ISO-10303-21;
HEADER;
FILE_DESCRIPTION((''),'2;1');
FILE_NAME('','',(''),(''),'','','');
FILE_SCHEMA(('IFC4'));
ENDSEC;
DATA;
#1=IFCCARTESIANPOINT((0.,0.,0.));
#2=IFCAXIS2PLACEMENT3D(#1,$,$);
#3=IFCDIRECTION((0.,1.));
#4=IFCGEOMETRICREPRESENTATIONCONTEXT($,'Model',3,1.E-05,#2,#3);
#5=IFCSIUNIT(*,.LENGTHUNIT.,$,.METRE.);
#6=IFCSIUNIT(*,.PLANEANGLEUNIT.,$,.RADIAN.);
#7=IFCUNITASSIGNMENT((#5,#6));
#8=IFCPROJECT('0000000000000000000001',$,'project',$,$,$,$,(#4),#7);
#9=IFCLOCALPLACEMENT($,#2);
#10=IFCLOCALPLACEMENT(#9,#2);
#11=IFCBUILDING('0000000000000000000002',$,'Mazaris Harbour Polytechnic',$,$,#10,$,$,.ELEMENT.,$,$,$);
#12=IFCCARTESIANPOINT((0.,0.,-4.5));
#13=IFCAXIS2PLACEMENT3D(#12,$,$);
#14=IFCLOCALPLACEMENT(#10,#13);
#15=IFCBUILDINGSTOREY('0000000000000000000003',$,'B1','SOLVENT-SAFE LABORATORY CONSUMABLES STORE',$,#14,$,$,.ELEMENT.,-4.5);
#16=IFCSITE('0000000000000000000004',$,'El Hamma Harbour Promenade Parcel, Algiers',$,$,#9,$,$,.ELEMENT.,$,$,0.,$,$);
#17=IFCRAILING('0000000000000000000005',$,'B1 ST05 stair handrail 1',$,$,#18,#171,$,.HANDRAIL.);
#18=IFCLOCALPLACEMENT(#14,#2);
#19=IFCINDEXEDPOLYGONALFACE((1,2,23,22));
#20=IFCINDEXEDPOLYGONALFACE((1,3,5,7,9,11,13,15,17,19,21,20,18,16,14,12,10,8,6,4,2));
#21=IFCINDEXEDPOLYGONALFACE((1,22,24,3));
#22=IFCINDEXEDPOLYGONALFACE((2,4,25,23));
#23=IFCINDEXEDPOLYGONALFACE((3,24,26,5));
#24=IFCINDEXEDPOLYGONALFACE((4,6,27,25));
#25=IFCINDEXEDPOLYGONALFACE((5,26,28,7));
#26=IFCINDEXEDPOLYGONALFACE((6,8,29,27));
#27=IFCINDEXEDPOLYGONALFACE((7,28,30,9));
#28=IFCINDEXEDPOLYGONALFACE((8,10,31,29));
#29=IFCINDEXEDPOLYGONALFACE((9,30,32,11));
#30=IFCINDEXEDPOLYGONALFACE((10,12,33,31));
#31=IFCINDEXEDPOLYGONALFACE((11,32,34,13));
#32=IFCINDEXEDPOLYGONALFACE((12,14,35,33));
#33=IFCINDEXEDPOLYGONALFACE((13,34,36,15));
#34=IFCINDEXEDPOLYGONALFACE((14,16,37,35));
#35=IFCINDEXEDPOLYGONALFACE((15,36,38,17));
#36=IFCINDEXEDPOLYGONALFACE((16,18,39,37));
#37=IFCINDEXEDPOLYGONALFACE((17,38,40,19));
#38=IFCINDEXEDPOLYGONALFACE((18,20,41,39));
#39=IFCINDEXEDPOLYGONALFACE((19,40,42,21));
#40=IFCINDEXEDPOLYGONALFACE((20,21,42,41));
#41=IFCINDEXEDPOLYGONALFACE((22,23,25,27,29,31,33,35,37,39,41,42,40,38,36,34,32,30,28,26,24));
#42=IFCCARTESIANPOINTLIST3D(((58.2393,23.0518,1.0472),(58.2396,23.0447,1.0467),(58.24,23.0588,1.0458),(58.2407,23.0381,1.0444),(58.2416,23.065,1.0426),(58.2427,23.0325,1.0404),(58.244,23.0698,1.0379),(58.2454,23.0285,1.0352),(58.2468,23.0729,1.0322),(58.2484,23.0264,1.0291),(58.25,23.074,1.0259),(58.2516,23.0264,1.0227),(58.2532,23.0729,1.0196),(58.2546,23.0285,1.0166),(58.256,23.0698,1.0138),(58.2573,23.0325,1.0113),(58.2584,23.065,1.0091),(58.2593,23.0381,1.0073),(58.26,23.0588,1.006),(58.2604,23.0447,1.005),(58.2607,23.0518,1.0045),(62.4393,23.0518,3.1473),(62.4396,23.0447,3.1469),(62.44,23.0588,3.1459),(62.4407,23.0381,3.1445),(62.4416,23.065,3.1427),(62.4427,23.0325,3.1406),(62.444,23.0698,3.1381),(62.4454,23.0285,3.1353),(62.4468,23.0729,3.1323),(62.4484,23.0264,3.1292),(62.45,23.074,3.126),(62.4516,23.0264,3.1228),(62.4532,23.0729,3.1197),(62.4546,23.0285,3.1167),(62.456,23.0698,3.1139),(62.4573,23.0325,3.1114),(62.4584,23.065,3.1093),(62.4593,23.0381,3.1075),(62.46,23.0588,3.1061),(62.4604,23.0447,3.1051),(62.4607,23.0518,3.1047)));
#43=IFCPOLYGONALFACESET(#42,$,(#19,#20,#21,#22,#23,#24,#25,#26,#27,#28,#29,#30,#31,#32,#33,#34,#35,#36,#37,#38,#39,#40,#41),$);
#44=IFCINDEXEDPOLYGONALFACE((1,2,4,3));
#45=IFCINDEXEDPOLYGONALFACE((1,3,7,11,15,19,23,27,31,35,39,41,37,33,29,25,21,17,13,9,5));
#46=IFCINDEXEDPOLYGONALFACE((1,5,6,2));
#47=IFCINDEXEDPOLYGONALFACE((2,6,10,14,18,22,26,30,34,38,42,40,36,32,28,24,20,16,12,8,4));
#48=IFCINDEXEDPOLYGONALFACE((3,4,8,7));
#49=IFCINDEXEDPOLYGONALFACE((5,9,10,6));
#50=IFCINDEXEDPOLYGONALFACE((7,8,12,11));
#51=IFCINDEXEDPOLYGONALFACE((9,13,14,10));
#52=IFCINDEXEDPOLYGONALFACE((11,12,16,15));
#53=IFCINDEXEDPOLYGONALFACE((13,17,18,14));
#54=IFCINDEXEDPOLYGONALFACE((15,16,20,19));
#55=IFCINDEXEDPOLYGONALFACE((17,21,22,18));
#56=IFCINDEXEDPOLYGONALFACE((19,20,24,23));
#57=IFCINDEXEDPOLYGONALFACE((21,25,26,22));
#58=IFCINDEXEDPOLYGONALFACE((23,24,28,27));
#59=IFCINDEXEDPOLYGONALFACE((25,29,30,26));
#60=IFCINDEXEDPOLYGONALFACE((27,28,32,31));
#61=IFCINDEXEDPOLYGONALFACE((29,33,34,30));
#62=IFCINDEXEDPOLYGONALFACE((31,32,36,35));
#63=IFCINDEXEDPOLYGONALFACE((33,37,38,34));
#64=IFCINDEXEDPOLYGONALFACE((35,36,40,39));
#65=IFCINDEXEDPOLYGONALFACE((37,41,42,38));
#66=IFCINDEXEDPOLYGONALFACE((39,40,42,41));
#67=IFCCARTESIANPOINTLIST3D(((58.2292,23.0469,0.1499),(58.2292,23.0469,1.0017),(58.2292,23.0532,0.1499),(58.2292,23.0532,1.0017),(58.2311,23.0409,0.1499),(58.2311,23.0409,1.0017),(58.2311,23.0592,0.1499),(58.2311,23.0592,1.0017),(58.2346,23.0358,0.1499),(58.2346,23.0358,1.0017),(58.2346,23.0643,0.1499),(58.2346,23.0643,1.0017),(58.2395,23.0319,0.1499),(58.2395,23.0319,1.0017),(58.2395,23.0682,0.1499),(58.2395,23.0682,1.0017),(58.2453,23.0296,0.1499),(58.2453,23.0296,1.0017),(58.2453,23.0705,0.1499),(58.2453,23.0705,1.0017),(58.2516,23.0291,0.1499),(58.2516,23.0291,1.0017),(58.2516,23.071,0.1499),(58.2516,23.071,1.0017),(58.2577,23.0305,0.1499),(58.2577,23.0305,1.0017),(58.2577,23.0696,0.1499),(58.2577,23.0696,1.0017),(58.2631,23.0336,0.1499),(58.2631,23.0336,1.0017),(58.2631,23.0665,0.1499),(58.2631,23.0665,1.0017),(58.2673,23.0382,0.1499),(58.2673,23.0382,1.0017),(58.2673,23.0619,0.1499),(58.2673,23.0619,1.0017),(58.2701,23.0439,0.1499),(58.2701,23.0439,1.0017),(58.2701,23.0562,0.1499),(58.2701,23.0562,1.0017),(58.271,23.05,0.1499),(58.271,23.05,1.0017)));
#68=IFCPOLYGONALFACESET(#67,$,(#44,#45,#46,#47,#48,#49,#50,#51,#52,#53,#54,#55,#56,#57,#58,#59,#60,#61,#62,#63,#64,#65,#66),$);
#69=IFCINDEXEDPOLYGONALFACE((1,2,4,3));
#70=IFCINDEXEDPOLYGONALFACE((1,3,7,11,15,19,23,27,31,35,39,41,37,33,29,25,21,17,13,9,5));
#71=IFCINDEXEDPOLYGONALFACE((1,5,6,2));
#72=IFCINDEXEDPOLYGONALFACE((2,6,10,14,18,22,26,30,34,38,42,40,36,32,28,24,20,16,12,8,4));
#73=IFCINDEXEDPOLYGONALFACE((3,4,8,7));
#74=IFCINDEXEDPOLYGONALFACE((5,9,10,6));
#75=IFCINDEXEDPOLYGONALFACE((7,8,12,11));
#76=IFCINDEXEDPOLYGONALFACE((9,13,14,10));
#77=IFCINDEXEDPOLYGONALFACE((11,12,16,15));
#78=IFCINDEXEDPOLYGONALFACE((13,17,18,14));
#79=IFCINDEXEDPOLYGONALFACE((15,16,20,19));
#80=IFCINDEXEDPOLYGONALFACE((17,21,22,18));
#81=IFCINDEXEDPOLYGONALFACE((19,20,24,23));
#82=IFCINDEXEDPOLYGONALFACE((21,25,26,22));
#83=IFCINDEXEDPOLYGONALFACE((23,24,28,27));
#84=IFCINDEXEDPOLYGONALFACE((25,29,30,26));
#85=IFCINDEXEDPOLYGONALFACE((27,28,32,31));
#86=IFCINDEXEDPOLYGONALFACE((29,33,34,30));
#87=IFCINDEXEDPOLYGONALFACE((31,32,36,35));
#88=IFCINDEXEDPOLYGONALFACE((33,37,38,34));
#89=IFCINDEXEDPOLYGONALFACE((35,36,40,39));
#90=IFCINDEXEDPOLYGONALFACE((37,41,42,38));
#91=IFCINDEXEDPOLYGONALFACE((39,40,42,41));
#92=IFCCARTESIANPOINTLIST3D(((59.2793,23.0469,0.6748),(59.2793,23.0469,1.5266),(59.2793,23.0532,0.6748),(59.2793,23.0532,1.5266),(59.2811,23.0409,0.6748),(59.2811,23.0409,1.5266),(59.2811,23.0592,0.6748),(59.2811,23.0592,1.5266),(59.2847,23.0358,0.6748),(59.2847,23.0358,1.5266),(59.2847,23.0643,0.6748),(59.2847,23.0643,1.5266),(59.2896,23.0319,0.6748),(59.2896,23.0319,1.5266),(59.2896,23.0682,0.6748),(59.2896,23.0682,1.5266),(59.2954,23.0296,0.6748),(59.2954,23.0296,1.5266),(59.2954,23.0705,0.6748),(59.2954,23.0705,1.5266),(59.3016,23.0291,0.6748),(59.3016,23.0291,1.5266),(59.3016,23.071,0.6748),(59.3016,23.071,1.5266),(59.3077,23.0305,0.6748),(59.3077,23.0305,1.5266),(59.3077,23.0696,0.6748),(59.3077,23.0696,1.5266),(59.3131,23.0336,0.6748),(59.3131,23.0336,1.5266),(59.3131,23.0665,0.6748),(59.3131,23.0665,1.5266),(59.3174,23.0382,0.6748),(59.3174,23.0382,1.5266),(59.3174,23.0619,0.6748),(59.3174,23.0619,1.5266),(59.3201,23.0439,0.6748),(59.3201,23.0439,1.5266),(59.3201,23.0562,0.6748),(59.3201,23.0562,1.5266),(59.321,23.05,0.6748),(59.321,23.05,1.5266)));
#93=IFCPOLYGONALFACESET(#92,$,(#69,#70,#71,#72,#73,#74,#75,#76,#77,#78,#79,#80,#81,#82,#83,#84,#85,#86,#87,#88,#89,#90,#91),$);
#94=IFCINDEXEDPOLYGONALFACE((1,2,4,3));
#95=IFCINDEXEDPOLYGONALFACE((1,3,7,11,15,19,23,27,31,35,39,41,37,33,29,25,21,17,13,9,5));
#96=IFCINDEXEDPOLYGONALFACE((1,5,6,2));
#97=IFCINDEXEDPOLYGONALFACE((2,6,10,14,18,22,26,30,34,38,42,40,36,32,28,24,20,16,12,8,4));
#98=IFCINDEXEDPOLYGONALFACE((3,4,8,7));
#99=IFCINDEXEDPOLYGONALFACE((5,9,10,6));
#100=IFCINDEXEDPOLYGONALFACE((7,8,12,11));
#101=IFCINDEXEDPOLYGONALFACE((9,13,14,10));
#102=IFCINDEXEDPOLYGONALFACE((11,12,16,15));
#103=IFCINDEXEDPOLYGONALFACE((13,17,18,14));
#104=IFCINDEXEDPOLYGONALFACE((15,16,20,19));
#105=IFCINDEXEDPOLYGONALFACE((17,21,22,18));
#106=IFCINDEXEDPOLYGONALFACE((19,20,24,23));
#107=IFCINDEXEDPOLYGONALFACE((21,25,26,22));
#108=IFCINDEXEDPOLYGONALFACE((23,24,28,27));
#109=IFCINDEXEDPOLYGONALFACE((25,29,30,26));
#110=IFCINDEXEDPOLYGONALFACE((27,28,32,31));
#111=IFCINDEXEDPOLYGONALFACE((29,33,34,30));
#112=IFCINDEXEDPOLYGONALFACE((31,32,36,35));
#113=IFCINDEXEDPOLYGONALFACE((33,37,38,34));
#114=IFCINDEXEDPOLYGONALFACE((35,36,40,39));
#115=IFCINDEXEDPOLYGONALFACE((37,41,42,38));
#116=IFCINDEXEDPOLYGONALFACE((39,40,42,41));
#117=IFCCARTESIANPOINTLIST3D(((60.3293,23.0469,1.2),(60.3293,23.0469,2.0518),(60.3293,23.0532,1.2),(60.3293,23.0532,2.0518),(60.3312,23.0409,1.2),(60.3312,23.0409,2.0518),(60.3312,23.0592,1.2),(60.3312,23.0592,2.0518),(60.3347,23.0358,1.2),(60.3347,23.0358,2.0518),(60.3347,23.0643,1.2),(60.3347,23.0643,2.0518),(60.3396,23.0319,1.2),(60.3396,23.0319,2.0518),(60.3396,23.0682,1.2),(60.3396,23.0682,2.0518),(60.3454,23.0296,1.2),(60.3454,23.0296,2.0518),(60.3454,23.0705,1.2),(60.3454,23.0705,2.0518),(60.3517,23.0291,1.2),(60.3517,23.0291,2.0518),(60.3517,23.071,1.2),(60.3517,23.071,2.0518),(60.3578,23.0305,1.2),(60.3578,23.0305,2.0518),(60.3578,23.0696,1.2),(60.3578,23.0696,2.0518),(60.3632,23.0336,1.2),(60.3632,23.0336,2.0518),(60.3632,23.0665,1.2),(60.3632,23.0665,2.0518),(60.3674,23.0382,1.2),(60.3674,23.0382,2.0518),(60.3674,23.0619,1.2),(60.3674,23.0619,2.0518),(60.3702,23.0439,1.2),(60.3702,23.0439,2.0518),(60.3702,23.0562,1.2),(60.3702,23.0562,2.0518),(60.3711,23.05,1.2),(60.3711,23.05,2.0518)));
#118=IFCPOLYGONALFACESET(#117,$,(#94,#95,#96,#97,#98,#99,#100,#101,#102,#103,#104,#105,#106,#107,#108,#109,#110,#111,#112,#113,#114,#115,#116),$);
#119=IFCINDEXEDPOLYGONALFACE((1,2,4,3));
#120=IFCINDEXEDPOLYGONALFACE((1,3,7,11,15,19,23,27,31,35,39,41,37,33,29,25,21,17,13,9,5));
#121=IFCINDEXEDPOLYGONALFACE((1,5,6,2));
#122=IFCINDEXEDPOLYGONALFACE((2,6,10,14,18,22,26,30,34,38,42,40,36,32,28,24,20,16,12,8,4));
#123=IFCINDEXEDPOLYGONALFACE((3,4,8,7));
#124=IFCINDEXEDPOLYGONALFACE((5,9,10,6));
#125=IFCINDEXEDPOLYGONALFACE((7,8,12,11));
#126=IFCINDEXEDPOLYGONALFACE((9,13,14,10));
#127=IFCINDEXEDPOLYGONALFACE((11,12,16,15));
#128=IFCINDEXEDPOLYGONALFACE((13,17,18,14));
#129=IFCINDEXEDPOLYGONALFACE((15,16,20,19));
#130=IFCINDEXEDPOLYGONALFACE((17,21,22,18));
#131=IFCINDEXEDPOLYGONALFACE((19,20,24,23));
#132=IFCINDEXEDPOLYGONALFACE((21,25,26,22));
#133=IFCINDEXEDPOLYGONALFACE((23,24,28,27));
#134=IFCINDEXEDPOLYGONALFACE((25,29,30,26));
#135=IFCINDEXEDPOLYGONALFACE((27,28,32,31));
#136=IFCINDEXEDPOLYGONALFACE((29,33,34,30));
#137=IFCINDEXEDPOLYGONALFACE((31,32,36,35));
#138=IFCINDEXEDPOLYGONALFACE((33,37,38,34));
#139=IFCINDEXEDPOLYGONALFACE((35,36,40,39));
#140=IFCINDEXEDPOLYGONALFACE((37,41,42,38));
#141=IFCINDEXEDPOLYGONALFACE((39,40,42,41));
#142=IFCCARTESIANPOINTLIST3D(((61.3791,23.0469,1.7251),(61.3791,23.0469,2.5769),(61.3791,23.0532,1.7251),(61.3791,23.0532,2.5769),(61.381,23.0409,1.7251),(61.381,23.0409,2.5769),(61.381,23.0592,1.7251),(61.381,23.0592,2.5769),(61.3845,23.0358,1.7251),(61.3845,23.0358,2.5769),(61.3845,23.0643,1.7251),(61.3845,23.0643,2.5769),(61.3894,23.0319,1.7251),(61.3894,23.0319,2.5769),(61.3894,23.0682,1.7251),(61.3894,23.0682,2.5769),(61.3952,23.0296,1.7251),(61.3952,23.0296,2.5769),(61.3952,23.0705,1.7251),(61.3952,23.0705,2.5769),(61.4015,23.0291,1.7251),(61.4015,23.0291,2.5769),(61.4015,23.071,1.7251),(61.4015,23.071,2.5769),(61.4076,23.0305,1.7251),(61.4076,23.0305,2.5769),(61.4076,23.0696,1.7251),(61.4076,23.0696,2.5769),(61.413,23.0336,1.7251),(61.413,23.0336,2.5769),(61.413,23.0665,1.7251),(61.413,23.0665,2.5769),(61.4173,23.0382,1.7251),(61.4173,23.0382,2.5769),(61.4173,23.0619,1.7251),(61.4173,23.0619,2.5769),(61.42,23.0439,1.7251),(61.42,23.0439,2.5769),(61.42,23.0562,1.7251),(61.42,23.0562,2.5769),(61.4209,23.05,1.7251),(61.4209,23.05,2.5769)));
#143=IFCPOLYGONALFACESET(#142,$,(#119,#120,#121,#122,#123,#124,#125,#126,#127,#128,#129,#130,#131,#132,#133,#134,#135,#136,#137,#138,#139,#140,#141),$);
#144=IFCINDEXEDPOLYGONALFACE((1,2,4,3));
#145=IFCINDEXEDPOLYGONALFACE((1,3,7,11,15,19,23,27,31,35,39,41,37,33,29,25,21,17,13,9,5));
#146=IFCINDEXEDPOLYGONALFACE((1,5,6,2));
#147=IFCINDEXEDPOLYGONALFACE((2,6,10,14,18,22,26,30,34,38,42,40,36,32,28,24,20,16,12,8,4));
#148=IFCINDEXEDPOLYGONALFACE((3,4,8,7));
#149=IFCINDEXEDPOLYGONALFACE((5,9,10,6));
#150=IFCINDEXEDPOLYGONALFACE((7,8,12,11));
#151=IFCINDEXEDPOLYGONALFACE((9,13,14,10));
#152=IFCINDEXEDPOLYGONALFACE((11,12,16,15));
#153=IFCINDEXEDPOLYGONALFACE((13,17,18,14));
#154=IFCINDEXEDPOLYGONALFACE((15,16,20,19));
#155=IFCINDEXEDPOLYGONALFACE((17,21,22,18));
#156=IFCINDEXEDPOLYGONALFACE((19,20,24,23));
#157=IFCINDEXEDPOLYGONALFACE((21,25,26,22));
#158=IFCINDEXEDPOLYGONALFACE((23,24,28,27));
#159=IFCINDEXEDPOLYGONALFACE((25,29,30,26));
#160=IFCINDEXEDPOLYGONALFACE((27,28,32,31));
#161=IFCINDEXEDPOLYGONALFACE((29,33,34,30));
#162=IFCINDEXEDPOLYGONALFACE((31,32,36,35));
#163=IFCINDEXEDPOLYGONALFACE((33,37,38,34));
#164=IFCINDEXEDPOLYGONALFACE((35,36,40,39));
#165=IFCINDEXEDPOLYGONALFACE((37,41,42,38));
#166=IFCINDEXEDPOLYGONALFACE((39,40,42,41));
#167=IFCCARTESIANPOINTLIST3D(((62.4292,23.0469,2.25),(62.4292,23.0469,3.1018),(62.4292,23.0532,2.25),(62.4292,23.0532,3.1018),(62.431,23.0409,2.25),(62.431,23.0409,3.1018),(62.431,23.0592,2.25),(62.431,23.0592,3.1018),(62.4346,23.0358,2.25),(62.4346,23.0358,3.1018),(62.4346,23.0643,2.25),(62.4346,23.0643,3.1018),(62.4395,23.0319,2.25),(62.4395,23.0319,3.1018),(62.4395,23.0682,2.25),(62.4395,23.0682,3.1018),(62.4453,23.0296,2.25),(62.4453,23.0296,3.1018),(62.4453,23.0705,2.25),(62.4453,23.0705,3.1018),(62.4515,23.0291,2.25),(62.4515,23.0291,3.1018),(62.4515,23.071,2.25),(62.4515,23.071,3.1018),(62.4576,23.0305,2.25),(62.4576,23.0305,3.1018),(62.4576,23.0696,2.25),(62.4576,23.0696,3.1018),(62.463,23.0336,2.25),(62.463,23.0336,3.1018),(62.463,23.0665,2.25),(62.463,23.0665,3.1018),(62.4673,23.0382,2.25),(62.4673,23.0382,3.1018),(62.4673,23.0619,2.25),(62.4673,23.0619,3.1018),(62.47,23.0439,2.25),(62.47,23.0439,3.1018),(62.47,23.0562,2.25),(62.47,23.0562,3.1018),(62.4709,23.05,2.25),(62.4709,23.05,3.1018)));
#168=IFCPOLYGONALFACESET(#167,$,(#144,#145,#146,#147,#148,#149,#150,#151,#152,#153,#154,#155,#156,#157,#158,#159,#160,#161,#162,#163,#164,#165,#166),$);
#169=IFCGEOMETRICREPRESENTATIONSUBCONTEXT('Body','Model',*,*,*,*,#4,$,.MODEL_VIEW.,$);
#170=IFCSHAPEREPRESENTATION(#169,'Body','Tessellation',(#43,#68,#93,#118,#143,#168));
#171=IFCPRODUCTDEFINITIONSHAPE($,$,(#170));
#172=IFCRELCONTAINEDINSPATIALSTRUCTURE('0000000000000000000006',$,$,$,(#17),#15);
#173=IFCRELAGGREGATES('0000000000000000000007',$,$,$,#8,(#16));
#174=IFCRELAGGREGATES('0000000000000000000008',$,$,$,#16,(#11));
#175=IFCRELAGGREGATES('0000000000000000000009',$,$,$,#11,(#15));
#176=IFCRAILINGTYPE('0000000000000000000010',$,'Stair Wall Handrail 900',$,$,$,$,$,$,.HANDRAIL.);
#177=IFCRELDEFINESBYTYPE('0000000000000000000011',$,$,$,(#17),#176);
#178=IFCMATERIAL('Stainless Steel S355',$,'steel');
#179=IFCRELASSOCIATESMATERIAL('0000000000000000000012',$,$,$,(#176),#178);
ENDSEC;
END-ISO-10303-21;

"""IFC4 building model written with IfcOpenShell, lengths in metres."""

from ifc_helpers import new_model, si_unit, direction, frame, origin, origin_2d, place, context, subcontext, project, spatial, circle, extrude, material, type_object, element, save


model = new_model("IFC4")

# Units and contexts
model_context = context("Model", 3, precision=1e-05, world=origin(), true_north=direction((0.0, 1.0)))
body_context = subcontext(model_context, "Body", "Model", "MODEL_VIEW")
ifc_project = project(units=[si_unit("LENGTHUNIT", "METRE"), si_unit("PLANEANGLEUNIT", "RADIAN")], contexts=[model_context])

# Site, building, storey
site_placement = place(None, origin())
site = spatial("IfcSite", under=ifc_project, at=site_placement, Name="El Hamma Harbour Promenade Parcel, Algiers", CompositionType="ELEMENT", RefElevation=0.0)
building_placement = place(site_placement, origin())
building = spatial("IfcBuilding", under=site, at=building_placement, Name="Mazaris Harbour Polytechnic", CompositionType="ELEMENT")
storey_placement = place(building_placement, frame((0.0, 0.0, -4.5)))
storey = spatial("IfcBuildingStorey", under=building, at=storey_placement, Name="B1", Description="SOLVENT-SAFE LABORATORY CONSUMABLES STORE", CompositionType="ELEMENT", Elevation=-4.5)

# Railing
ifc_material_1 = material(Name="Stainless Steel S355", Category="steel")
railing_type_1 = type_object("IfcRailingType", Name="Stair Wall Handrail 900", PredefinedType="HANDRAIL", material=ifc_material_1)
railing_1_placement = place(storey_placement, frame((58.25, 23.05, 0.1499)))
element("IfcRailing", 1, at=railing_1_placement, inside=storey, type_object=railing_type_1, Name="B1 ST05 stair handrail 1", PredefinedType="HANDRAIL", context=body_context, shape_type="SweptSolid", body=[
    extrude(circle(Radius=0.0239, at=origin_2d()), frame((0.0, 0.0, 0.876), z_axis=(0.894417, 0.0, 0.447234), x_axis=(0.0, 1.0, 0.0)), (0.0, 0.0, 1.0), 4.6958),
    extrude(circle(Radius=0.021, at=origin_2d()), origin(), (0.0, 0.0, 1.0), 0.8518),
    extrude(circle(Radius=0.021, at=origin_2d()), frame((1.05, 0.0, 0.5249)), (0.0, 0.0, 1.0), 0.8518),
    extrude(circle(Radius=0.021, at=origin_2d()), frame((2.1001, 0.0, 1.05)), (0.0, 0.0, 1.0), 0.8518),
    extrude(circle(Radius=0.021, at=origin_2d()), frame((3.1499, 0.0, 1.5752)), (0.0, 0.0, 1.0), 0.8518),
    extrude(circle(Radius=0.021, at=origin_2d()), frame((4.2, 0.0, 2.1001)), (0.0, 0.0, 1.0), 0.8518),
])

save(model, "model.ifc")
